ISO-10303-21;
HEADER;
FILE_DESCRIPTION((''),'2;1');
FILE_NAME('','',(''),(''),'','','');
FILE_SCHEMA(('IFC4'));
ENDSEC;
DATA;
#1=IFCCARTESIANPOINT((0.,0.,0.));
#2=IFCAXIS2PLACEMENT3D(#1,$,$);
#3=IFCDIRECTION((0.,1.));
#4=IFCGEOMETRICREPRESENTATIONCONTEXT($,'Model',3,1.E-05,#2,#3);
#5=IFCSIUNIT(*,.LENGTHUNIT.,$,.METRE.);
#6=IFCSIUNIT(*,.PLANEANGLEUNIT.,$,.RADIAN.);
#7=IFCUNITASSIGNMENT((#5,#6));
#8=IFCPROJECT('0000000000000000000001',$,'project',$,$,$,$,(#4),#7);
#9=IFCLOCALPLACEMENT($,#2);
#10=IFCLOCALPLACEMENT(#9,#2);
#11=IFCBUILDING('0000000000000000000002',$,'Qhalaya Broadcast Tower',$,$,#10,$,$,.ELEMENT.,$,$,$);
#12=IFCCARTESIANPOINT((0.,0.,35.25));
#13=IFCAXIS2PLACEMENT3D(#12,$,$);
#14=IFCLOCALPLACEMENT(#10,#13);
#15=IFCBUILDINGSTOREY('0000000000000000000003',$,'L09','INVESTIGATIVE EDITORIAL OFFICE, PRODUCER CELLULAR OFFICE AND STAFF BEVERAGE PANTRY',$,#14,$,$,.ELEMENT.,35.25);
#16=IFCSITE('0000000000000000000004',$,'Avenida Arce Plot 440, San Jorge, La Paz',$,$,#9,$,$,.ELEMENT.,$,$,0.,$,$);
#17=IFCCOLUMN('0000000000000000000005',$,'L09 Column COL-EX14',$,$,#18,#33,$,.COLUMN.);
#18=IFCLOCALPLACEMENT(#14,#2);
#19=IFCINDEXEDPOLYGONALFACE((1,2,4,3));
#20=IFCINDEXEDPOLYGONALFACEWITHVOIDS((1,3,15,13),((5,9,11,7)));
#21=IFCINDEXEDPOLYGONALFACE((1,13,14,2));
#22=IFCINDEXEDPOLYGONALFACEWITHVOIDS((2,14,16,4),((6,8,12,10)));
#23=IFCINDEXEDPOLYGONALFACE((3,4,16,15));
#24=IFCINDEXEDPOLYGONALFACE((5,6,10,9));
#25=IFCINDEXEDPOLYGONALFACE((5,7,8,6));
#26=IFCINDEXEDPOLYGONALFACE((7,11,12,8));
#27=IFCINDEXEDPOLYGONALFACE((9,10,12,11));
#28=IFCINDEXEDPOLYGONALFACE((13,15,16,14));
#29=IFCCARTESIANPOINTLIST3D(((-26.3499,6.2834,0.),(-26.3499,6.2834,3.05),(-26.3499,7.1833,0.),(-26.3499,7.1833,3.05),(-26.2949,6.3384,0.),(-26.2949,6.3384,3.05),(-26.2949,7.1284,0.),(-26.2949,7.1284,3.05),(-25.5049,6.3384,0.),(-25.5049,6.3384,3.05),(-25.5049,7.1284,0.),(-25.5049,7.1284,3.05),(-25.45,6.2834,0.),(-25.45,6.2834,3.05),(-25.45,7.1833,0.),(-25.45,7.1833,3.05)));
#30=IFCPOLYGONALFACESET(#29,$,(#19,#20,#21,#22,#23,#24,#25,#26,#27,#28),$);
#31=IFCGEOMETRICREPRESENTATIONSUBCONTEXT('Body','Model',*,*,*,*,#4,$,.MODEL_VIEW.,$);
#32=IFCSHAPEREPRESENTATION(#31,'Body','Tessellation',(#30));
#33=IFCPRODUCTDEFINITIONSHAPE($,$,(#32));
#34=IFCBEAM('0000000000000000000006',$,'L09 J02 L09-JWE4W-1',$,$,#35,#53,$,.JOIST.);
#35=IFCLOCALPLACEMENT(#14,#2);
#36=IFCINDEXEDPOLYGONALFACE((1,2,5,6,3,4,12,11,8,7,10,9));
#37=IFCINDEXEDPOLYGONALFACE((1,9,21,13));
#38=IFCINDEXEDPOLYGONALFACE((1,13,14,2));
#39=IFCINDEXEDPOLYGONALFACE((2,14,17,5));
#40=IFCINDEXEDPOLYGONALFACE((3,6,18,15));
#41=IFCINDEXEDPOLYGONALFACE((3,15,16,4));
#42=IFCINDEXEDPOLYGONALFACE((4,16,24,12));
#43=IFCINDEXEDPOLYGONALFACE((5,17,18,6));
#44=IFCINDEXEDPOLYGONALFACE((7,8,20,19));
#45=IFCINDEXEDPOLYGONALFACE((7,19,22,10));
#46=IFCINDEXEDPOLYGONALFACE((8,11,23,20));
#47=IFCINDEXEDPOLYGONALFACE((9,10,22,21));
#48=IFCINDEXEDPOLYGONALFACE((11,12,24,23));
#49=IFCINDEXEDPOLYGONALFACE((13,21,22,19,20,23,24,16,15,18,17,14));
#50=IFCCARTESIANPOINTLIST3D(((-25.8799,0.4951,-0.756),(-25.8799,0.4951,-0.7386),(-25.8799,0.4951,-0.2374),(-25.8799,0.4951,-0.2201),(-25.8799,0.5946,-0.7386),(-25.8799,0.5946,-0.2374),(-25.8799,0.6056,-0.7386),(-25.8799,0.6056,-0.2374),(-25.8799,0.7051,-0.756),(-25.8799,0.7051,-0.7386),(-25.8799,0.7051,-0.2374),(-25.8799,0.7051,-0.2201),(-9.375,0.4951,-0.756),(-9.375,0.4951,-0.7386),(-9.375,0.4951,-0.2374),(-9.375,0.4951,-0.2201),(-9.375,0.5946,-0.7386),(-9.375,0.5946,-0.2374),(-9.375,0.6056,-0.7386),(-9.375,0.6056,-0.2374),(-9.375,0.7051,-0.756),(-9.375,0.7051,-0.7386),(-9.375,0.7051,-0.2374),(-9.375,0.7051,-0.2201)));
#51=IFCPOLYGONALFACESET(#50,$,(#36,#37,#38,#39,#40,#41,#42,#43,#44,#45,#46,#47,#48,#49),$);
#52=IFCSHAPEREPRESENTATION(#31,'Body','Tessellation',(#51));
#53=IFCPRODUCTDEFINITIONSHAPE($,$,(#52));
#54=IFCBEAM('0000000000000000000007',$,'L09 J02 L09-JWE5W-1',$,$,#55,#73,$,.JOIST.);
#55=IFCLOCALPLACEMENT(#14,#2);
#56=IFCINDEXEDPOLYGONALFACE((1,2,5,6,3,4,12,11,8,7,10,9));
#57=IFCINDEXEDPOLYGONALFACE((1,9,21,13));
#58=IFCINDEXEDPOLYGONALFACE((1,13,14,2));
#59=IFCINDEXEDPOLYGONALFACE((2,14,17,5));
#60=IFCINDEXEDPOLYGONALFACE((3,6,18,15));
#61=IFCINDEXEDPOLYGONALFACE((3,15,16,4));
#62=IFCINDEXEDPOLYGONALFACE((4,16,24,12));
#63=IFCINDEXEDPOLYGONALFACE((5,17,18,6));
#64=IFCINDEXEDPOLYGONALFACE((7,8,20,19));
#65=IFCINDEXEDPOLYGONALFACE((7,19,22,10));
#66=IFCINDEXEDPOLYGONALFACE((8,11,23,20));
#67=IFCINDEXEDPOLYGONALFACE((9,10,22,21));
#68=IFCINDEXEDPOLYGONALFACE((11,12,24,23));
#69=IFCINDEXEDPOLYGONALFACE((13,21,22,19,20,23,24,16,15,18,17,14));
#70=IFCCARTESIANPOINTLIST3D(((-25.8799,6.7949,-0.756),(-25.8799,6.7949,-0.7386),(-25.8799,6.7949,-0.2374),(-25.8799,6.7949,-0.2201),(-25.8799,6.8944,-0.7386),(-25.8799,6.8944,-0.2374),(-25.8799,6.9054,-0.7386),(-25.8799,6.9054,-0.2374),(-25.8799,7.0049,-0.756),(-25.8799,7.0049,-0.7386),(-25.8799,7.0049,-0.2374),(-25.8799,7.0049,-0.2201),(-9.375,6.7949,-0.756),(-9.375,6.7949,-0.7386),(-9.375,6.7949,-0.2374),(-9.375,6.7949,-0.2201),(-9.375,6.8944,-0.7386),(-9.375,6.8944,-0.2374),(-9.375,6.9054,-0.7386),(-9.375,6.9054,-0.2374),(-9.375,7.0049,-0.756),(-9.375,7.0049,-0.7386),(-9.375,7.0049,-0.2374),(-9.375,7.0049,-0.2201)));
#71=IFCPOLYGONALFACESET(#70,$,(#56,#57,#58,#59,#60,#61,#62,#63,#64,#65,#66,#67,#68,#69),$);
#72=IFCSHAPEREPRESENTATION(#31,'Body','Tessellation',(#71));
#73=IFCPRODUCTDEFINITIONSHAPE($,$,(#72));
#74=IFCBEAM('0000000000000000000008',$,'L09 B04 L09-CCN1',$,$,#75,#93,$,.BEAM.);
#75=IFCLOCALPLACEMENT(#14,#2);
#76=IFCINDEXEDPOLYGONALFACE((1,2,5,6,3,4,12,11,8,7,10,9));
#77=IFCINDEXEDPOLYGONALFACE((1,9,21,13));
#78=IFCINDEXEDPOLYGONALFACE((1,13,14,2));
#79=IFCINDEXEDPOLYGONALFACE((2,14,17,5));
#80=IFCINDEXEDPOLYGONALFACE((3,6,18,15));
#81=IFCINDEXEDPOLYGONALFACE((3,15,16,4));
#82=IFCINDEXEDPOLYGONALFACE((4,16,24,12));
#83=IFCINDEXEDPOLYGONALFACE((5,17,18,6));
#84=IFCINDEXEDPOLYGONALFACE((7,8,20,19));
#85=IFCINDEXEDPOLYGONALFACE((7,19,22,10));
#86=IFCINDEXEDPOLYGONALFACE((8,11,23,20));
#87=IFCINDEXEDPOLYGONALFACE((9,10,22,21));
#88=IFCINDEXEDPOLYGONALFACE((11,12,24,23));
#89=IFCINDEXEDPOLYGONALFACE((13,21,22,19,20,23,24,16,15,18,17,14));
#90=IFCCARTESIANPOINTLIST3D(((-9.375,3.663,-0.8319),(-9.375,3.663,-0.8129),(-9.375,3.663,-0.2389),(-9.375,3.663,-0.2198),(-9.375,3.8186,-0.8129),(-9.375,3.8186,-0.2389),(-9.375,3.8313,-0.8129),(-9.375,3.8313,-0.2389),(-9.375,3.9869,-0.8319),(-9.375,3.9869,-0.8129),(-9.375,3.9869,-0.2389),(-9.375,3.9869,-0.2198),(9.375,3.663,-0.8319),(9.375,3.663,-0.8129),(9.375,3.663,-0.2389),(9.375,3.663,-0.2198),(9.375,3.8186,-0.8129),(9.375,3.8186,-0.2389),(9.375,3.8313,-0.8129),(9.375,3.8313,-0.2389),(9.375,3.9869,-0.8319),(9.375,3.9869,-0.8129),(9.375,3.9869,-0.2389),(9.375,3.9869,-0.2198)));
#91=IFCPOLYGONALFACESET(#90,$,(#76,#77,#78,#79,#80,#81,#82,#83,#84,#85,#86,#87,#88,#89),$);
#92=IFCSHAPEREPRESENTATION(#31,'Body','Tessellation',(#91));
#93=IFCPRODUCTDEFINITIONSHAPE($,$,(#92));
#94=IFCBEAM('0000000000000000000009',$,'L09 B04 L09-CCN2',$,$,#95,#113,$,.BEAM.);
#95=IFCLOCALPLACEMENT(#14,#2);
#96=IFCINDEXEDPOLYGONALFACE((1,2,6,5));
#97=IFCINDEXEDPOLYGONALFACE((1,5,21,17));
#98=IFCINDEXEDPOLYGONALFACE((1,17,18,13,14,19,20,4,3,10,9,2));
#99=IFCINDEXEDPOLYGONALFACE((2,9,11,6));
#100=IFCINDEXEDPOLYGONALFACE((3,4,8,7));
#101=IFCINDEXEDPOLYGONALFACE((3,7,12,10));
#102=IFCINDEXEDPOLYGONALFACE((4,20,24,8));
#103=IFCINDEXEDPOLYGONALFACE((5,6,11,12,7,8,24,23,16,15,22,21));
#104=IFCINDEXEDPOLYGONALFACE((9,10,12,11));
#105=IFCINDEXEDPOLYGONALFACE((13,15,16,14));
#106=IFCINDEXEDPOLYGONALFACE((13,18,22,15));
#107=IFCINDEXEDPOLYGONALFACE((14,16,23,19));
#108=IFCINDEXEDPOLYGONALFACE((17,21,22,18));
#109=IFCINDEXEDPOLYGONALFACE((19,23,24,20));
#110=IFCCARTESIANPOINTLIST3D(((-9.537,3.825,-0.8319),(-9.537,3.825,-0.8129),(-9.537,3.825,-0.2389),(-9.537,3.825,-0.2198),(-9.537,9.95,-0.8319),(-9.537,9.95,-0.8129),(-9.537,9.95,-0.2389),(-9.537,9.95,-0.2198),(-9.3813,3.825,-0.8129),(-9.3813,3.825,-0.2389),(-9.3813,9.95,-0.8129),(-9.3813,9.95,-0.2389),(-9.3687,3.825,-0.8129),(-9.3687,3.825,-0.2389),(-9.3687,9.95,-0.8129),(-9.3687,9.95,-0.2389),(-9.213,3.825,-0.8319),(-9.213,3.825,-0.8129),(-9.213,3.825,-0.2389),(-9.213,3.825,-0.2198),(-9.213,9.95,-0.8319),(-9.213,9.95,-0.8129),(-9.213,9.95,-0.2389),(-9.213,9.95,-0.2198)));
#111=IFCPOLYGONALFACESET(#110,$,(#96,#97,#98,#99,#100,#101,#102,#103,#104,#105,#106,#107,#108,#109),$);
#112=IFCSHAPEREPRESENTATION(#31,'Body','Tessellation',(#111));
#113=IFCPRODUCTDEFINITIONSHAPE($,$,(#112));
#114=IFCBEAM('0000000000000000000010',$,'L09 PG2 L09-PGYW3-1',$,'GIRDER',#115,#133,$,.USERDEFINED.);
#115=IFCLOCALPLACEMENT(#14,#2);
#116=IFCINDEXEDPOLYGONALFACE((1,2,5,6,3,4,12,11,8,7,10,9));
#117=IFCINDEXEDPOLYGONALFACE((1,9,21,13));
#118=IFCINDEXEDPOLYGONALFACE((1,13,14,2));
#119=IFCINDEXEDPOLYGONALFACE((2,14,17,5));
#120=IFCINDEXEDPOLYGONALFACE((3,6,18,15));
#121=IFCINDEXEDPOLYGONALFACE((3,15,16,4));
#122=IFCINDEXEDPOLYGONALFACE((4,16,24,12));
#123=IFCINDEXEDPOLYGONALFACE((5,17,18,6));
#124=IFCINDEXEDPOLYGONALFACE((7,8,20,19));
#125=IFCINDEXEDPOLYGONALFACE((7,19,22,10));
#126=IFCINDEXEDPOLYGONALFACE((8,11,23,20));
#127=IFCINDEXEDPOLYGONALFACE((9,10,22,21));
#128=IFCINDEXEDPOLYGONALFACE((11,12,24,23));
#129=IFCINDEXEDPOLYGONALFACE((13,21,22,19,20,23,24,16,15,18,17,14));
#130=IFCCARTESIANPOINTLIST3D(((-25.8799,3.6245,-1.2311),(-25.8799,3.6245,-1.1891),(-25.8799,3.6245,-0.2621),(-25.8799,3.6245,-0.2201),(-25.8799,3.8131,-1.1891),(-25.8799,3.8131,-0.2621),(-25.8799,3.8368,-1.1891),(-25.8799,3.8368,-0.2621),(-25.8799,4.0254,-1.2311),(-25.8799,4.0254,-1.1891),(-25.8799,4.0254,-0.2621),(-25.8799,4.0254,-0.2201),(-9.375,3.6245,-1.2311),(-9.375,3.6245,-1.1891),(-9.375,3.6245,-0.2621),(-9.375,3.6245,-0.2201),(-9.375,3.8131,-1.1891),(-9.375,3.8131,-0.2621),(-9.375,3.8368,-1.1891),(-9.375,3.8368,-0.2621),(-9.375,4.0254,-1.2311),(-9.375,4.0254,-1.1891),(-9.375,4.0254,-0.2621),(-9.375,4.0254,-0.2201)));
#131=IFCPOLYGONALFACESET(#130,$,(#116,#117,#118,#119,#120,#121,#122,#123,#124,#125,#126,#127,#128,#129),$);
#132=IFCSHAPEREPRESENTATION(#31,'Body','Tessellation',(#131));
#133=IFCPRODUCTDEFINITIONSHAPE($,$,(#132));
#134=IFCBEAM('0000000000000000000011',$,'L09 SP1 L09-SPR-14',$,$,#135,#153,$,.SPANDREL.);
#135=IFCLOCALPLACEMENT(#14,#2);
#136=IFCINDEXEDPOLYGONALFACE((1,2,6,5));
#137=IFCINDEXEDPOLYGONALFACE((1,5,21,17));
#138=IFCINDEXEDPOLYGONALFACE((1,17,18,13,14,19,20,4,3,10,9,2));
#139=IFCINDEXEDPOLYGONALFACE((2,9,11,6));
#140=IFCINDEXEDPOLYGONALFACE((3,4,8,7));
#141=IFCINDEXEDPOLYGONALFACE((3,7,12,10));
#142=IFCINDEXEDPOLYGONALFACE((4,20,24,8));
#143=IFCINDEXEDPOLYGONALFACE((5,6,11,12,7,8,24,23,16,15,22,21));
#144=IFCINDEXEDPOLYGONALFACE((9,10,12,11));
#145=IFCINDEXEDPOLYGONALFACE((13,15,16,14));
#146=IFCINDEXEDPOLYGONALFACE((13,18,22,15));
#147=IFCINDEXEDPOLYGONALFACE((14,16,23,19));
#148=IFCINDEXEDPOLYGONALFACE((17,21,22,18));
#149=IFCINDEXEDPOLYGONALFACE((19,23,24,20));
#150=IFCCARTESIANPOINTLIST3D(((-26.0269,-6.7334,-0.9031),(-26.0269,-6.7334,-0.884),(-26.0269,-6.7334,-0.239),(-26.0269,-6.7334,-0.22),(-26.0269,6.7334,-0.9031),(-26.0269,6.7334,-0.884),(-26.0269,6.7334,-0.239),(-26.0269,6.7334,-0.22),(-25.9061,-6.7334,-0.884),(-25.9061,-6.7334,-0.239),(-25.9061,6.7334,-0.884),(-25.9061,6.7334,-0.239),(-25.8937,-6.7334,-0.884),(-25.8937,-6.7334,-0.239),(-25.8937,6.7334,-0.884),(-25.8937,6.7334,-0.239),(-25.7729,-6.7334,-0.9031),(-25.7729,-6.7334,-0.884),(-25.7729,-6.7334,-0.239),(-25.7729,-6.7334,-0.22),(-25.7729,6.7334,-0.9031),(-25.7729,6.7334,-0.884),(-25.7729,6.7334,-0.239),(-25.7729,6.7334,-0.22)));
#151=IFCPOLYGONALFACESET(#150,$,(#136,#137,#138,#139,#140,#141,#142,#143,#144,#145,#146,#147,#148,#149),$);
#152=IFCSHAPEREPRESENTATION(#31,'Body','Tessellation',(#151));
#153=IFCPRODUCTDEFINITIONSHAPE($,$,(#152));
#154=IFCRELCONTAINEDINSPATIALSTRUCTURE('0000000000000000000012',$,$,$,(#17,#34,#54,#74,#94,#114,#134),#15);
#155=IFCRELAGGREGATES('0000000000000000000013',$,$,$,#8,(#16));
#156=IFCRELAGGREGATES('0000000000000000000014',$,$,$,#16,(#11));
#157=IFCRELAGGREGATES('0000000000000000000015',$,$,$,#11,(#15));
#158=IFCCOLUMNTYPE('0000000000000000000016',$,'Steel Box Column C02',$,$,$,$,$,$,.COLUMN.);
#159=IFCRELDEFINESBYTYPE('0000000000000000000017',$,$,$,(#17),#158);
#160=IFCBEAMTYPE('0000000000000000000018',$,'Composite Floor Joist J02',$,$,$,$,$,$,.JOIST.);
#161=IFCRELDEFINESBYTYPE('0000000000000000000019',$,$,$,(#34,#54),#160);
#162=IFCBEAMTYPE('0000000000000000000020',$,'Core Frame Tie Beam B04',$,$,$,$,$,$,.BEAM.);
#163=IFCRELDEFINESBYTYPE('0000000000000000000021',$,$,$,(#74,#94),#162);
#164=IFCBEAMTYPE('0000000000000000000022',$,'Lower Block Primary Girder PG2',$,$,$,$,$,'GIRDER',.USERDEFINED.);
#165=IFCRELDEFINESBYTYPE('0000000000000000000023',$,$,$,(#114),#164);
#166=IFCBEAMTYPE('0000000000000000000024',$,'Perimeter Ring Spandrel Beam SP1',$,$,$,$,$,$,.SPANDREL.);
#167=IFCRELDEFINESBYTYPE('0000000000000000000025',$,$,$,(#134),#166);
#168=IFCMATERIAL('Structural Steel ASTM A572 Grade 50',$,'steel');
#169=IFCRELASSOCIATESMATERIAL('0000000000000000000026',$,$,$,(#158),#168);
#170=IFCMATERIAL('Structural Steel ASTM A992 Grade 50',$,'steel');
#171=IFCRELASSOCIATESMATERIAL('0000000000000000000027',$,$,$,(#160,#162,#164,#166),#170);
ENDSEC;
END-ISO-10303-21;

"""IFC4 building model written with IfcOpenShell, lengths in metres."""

from ifc_helpers import new_model, si_unit, direction, frame, origin, origin_2d, place, context, subcontext, project, spatial, hollow_rectangle, i_section, extrude, material, material_profile, profile_set, type_object, element, save


model = new_model("IFC4")

# Units and contexts
model_context = context("Model", 3, precision=1e-05, world=origin(), true_north=direction((0.0, 1.0)))
body_context = subcontext(model_context, "Body", "Model", "MODEL_VIEW")
ifc_project = project(units=[si_unit("LENGTHUNIT", "METRE"), si_unit("PLANEANGLEUNIT", "RADIAN")], contexts=[model_context])

# Site, building, storey
site_placement = place(None, origin())
site = spatial("IfcSite", under=ifc_project, at=site_placement, Name="Avenida Arce Plot 440, San Jorge, La Paz", CompositionType="ELEMENT", RefElevation=0.0)
building_placement = place(site_placement, origin())
building = spatial("IfcBuilding", under=site, at=building_placement, Name="Qhalaya Broadcast Tower", CompositionType="ELEMENT")
storey_placement = place(building_placement, frame((0.0, 0.0, 35.25)))
storey = spatial("IfcBuildingStorey", under=building, at=storey_placement, Name="L09", Description="INVESTIGATIVE EDITORIAL OFFICE, PRODUCER CELLULAR OFFICE AND STAFF BEVERAGE PANTRY", CompositionType="ELEMENT", Elevation=35.25)

# Column
ifc_material_1 = material(Name="Structural Steel ASTM A572 Grade 50", Category="steel")
ifc_material_profile_1 = material_profile(ifc_material_1, hollow_rectangle(XDim=0.8999, YDim=0.8999, WallThickness=0.0549, at=origin_2d()), Name="BOX 900x900x55")
ifc_profile_set_1 = profile_set([ifc_material_profile_1], Name="Structural Steel ASTM A572 Grade 50")
column_type = type_object("IfcColumnType", Name="Steel Box Column C02", PredefinedType="COLUMN", material=ifc_profile_set_1)
column_placement = place(storey_placement, frame((-25.8999, 6.7334, 0.0), z_axis=(0.0, 0.0, 1.0), x_axis=(0.0, 1.0, 0.0)))
element("IfcColumn", 1, at=column_placement, inside=storey, type_object=column_type, Name="L09 Column COL-EX14", PredefinedType="COLUMN", context=body_context, shape_type="SweptSolid", body=[
    extrude(hollow_rectangle(XDim=0.8999, YDim=0.8999, WallThickness=0.0549, at=origin_2d()), origin(), (0.0, 0.0, 1.0), 3.05),
])

# Beams
ifc_material_2 = material(Name="Structural Steel ASTM A992 Grade 50", Category="steel")
ifc_material_profile_2 = material_profile(ifc_material_2, i_section(OverallWidth=0.21, OverallDepth=0.5359, WebThickness=0.011, FlangeThickness=0.0173, at=origin_2d()), Name="W21X68")
ifc_profile_set_2 = profile_set([ifc_material_profile_2], Name="Structural Steel ASTM A992 Grade 50")
beam_type_1 = type_object("IfcBeamType", Name="Composite Floor Joist J02", PredefinedType="JOIST", material=ifc_profile_set_2)
for number, where, z_axis, x_axis, name in (
    (2, (-25.8799, 0.6001, -0.488), (1.0, 0.0, 0.0), (0.0, 1.0, 0.0), "L09 J02 L09-JWE4W-1"),
    (3, (-25.8799, 6.8999, -0.488), (1.0, 0.0, 0.0), (0.0, 1.0, 0.0), "L09 J02 L09-JWE5W-1"),
):
    element("IfcBeam", number, at=place(storey_placement, frame(where, z_axis=z_axis, x_axis=x_axis)), inside=storey, type_object=beam_type_1, Name=name, PredefinedType="JOIST", context=body_context, shape_type="SweptSolid", body=[
        extrude(i_section(OverallWidth=0.21, OverallDepth=0.5359, WebThickness=0.011, FlangeThickness=0.0173, at=origin_2d()), origin(), (0.0, 0.0, 1.0), 16.5049),
    ])
ifc_material_profile_3 = material_profile(ifc_material_2, i_section(OverallWidth=0.324, OverallDepth=0.6121, WebThickness=0.0127, FlangeThickness=0.019, at=origin_2d()), Name="W24X104")
ifc_profile_set_3 = profile_set([ifc_material_profile_3], Name="Structural Steel ASTM A992 Grade 50")
beam_type_2 = type_object("IfcBeamType", Name="Core Frame Tie Beam B04", PredefinedType="BEAM", material=ifc_profile_set_3)
beam_1_placement = place(storey_placement, frame((-9.375, 3.825, -0.5259), z_axis=(1.0, 0.0, 0.0), x_axis=(0.0, 1.0, 0.0)))
element("IfcBeam", 4, at=beam_1_placement, inside=storey, type_object=beam_type_2, Name="L09 B04 L09-CCN1", PredefinedType="BEAM", context=body_context, shape_type="SweptSolid", body=[
    extrude(i_section(OverallWidth=0.324, OverallDepth=0.6121, WebThickness=0.0127, FlangeThickness=0.019, at=origin_2d()), origin(), (0.0, 0.0, 1.0), 18.75),
])
beam_2_placement = place(storey_placement, frame((-9.375, 3.825, -0.5259), z_axis=(0.0, 1.0, 0.0), x_axis=(-1.0, 0.0, 0.0)))
element("IfcBeam", 5, at=beam_2_placement, inside=storey, type_object=beam_type_2, Name="L09 B04 L09-CCN2", PredefinedType="BEAM", context=body_context, shape_type="SweptSolid", body=[
    extrude(i_section(OverallWidth=0.324, OverallDepth=0.6121, WebThickness=0.0127, FlangeThickness=0.019, at=origin_2d()), origin(), (0.0, 0.0, 1.0), 6.125),
])
ifc_material_profile_4 = material_profile(ifc_material_2, i_section(OverallWidth=0.4009, OverallDepth=1.011, WebThickness=0.0237, FlangeThickness=0.042, at=origin_2d()), Name="W40X297")
ifc_profile_set_4 = profile_set([ifc_material_profile_4], Name="Structural Steel ASTM A992 Grade 50")
beam_type_3 = type_object("IfcBeamType", Name="Lower Block Primary Girder PG2", ElementType="GIRDER", PredefinedType="USERDEFINED", material=ifc_profile_set_4)
beam_3_placement = place(storey_placement, frame((-25.8799, 3.825, -0.7256), z_axis=(1.0, 0.0, 0.0), x_axis=(0.0, 1.0, 0.0)))
element("IfcBeam", 6, at=beam_3_placement, inside=storey, type_object=beam_type_3, Name="L09 PG2 L09-PGYW3-1", ObjectType="GIRDER", PredefinedType="USERDEFINED", context=body_context, shape_type="SweptSolid", body=[
    extrude(i_section(OverallWidth=0.4009, OverallDepth=1.011, WebThickness=0.0237, FlangeThickness=0.042, at=origin_2d()), origin(), (0.0, 0.0, 1.0), 16.5049),
])
ifc_material_profile_5 = material_profile(ifc_material_2, i_section(OverallWidth=0.2539, OverallDepth=0.6831, WebThickness=0.0125, FlangeThickness=0.019, at=origin_2d()), Name="W27X94")
ifc_profile_set_5 = profile_set([ifc_material_profile_5], Name="Structural Steel ASTM A992 Grade 50")
beam_type_4 = type_object("IfcBeamType", Name="Perimeter Ring Spandrel Beam SP1", PredefinedType="SPANDREL", material=ifc_profile_set_5)
beam_4_placement = place(storey_placement, frame((-25.8999, 6.7334, -0.5615), z_axis=(0.0, -1.0, 0.0), x_axis=(1.0, 0.0, 0.0)))
element("IfcBeam", 7, at=beam_4_placement, inside=storey, type_object=beam_type_4, Name="L09 SP1 L09-SPR-14", PredefinedType="SPANDREL", context=body_context, shape_type="SweptSolid", body=[
    extrude(i_section(OverallWidth=0.2539, OverallDepth=0.6831, WebThickness=0.0125, FlangeThickness=0.019, at=origin_2d()), origin(), (0.0, 0.0, 1.0), 13.4668),
])

save(model, "model.ifc")
